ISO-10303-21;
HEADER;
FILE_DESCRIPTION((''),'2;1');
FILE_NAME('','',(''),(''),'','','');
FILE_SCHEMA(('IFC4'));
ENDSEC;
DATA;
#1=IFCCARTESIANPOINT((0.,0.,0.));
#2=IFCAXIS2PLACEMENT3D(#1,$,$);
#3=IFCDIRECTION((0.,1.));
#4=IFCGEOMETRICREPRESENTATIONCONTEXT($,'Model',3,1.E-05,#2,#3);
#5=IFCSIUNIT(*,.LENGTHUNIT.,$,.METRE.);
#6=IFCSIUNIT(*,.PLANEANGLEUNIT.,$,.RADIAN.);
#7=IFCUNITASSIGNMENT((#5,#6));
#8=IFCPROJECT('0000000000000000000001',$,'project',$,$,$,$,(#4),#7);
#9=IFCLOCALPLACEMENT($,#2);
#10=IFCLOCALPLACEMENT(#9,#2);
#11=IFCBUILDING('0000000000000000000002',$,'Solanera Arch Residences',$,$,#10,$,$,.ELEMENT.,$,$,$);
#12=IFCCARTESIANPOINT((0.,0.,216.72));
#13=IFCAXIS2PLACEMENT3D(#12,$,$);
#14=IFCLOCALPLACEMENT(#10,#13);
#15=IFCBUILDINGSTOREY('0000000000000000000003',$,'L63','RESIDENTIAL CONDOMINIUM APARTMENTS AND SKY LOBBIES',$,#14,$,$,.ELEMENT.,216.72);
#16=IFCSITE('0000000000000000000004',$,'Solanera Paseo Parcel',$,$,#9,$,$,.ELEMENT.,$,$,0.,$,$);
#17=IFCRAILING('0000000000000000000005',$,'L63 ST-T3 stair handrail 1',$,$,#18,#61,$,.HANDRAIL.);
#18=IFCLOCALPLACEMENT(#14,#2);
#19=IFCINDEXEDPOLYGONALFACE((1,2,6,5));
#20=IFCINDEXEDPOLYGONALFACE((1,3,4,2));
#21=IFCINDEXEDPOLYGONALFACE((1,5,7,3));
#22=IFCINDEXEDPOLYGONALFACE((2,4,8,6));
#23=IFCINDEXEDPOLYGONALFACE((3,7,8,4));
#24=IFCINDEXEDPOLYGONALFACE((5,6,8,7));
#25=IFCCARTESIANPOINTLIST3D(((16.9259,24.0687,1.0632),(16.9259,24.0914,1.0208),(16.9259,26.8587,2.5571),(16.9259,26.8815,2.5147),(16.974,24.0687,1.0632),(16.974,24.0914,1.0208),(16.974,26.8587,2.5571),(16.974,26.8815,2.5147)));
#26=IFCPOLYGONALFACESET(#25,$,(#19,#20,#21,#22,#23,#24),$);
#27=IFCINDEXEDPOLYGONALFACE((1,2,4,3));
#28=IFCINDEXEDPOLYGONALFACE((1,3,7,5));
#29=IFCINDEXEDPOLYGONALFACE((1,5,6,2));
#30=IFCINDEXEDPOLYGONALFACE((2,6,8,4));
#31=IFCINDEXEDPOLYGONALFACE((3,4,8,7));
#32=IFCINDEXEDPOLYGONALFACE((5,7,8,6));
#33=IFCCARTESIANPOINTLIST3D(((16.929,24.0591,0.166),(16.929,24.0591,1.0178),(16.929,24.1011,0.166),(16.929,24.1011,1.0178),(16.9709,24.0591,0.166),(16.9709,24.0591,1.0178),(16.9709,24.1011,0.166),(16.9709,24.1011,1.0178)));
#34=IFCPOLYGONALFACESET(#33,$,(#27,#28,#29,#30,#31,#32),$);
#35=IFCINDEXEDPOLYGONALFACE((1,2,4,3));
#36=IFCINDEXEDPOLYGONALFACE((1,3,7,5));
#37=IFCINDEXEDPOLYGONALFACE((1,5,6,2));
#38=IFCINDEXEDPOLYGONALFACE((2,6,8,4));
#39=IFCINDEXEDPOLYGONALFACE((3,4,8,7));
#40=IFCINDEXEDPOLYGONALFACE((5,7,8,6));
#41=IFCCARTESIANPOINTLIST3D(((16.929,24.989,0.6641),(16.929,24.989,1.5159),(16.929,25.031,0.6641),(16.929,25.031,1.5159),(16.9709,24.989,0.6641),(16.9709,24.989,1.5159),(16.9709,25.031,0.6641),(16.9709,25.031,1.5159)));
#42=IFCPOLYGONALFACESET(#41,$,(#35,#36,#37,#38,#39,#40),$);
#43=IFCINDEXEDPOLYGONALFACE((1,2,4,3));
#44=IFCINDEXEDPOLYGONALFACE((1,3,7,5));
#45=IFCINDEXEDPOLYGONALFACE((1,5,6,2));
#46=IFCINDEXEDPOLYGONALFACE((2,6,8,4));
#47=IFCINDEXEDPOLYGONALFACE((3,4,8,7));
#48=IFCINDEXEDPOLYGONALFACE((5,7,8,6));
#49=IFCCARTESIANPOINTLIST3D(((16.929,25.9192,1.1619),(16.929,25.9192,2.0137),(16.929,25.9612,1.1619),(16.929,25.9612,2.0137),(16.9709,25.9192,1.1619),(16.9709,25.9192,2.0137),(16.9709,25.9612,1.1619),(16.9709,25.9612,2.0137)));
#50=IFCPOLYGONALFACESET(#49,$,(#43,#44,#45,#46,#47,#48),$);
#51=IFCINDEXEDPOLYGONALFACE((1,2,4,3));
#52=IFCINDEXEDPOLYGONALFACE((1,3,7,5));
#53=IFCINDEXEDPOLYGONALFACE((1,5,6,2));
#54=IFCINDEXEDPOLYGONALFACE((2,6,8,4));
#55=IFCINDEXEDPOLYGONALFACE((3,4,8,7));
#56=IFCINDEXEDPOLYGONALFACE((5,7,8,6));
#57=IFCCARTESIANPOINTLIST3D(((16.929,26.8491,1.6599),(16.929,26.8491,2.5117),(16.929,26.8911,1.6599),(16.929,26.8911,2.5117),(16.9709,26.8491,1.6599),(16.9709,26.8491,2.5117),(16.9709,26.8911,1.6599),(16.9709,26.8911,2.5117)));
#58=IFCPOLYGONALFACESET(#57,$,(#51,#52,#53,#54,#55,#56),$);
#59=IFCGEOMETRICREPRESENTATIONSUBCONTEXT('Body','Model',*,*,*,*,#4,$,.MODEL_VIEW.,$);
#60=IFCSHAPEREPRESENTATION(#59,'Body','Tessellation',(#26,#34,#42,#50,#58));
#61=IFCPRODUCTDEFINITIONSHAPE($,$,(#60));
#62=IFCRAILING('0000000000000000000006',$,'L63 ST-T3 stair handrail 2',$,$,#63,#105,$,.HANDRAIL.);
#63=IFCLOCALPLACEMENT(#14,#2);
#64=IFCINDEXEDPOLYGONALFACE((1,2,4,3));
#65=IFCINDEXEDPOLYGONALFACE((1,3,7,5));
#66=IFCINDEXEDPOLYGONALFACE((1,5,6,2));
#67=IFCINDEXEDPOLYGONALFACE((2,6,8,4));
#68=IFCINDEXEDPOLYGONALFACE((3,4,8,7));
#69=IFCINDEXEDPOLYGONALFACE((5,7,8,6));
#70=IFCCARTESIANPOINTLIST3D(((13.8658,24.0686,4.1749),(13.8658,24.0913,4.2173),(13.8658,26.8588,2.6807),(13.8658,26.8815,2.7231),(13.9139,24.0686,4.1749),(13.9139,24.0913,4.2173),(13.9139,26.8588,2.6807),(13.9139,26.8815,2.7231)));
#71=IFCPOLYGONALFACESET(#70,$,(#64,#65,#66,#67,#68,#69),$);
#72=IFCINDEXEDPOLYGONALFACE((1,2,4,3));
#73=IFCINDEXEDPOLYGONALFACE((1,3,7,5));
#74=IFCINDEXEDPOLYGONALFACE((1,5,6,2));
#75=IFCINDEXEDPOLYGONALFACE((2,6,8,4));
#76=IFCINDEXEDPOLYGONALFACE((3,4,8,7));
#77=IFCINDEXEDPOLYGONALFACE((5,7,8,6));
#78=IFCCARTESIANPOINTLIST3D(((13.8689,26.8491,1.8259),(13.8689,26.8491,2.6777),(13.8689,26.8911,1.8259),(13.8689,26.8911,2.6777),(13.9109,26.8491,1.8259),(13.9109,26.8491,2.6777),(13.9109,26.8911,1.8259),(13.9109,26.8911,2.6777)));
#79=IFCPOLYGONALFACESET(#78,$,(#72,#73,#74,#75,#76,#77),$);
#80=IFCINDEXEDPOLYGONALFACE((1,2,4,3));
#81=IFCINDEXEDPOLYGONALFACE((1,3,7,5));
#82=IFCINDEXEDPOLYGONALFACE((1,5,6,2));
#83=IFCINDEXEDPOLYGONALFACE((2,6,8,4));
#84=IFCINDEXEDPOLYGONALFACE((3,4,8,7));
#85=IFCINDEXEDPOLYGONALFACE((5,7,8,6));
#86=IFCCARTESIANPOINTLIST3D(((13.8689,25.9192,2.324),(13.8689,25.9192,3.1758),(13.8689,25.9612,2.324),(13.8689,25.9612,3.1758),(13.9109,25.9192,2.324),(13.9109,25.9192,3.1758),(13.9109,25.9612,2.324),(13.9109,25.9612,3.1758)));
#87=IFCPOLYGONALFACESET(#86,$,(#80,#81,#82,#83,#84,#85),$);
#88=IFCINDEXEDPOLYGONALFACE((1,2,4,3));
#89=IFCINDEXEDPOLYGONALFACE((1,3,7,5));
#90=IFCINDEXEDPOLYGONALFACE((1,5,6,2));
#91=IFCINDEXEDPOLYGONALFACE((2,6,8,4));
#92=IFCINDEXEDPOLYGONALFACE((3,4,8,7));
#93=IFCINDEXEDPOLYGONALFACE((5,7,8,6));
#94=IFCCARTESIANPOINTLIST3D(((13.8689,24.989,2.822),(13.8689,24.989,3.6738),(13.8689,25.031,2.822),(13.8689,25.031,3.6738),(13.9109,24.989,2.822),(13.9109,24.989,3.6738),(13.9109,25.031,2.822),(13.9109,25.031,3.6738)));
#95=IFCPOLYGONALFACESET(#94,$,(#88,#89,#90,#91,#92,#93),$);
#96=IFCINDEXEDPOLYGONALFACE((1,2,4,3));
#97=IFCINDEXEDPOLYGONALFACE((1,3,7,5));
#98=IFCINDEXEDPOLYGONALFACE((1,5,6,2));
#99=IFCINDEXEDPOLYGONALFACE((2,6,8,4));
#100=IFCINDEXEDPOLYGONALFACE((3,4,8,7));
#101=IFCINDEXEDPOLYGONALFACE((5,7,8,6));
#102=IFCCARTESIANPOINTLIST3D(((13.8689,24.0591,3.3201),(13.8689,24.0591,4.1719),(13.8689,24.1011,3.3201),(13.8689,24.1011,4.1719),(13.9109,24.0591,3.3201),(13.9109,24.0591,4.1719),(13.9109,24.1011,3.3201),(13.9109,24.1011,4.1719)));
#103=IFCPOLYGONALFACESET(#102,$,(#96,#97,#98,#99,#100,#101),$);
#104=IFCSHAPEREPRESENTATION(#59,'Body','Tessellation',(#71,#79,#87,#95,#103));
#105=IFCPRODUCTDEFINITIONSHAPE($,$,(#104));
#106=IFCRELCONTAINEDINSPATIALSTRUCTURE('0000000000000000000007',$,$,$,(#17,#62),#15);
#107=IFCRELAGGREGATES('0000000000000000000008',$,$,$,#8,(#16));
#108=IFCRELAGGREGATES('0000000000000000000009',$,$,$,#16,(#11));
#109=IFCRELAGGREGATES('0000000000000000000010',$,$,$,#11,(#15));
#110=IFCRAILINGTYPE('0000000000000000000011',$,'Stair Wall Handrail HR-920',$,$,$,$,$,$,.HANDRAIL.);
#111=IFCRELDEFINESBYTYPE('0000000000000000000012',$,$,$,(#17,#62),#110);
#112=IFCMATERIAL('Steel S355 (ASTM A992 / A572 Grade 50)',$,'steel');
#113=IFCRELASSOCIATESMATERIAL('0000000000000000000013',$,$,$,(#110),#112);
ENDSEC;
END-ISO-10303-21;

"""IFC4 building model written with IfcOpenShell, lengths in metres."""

from ifc_helpers import new_model, si_unit, direction, frame, origin, origin_2d, place, context, subcontext, project, spatial, rectangle, extrude, material, type_object, element, save


model = new_model("IFC4")

# Units and contexts
model_context = context("Model", 3, precision=1e-05, world=origin(), true_north=direction((0.0, 1.0)))
body_context = subcontext(model_context, "Body", "Model", "MODEL_VIEW")
ifc_project = project(units=[si_unit("LENGTHUNIT", "METRE"), si_unit("PLANEANGLEUNIT", "RADIAN")], contexts=[model_context])

# Site, building, storey
site_placement = place(None, origin())
site = spatial("IfcSite", under=ifc_project, at=site_placement, Name="Solanera Paseo Parcel", CompositionType="ELEMENT", RefElevation=0.0)
building_placement = place(site_placement, origin())
building = spatial("IfcBuilding", under=site, at=building_placement, Name="Solanera Arch Residences", CompositionType="ELEMENT")
storey_placement = place(building_placement, frame((0.0, 0.0, 216.72)))
storey = spatial("IfcBuildingStorey", under=building, at=storey_placement, Name="L63", Description="RESIDENTIAL CONDOMINIUM APARTMENTS AND SKY LOBBIES", CompositionType="ELEMENT", Elevation=216.72)

# Railings
ifc_material_1 = material(Name="Steel S355 (ASTM A992 / A572 Grade 50)", Category="steel")
railing_type_1 = type_object("IfcRailingType", Name="Stair Wall Handrail HR-920", PredefinedType="HANDRAIL", material=ifc_material_1)
railing_1_placement = place(storey_placement, frame((16.95, 24.0801, 0.166)))
element("IfcRailing", 1, at=railing_1_placement, inside=storey, type_object=railing_type_1, Name="L63 ST-T3 stair handrail 1", PredefinedType="HANDRAIL", context=body_context, shape_type="SweptSolid", body=[
    extrude(rectangle(XDim=0.0481, YDim=0.0481, at=origin_2d()), frame((0.0, 0.0, 0.876), z_axis=(0.0, 0.881581, 0.472033), x_axis=(-1.0, 0.0, 0.0)), (0.0, 0.0, 1.0), 3.1648),
    extrude(rectangle(XDim=0.042, YDim=0.042, at=origin_2d()), origin(), (0.0, 0.0, 1.0), 0.8518),
    extrude(rectangle(XDim=0.042, YDim=0.042, at=origin_2d()), frame((0.0, 0.9299, 0.498)), (0.0, 0.0, 1.0), 0.8518),
    extrude(rectangle(XDim=0.042, YDim=0.042, at=origin_2d()), frame((0.0, 1.8601, 0.9958)), (0.0, 0.0, 1.0), 0.8518),
    extrude(rectangle(XDim=0.042, YDim=0.042, at=origin_2d()), frame((0.0, 2.79, 1.4939)), (0.0, 0.0, 1.0), 0.8518),
])
railing_2_placement = place(storey_placement, frame((13.8899, 26.8701, 1.8259)))
element("IfcRailing", 2, at=railing_2_placement, inside=storey, type_object=railing_type_1, Name="L63 ST-T3 stair handrail 2", PredefinedType="HANDRAIL", context=body_context, shape_type="SweptSolid", body=[
    extrude(rectangle(XDim=0.0481, YDim=0.0481, at=origin_2d()), frame((0.0, 0.0, 0.876), z_axis=(0.0, -0.881549, 0.472093), x_axis=(1.0, 0.0, 0.0)), (0.0, 0.0, 1.0), 3.165),
    extrude(rectangle(XDim=0.042, YDim=0.042, at=origin_2d()), origin(), (0.0, 0.0, 1.0), 0.8518),
    extrude(rectangle(XDim=0.042, YDim=0.042, at=origin_2d()), frame((0.0, -0.9299, 0.498)), (0.0, 0.0, 1.0), 0.8518),
    extrude(rectangle(XDim=0.042, YDim=0.042, at=origin_2d()), frame((0.0, -1.8601, 0.9961)), (0.0, 0.0, 1.0), 0.8518),
    extrude(rectangle(XDim=0.042, YDim=0.042, at=origin_2d()), frame((0.0, -2.79, 1.4941)), (0.0, 0.0, 1.0), 0.8518),
])

save(model, "model.ifc")
